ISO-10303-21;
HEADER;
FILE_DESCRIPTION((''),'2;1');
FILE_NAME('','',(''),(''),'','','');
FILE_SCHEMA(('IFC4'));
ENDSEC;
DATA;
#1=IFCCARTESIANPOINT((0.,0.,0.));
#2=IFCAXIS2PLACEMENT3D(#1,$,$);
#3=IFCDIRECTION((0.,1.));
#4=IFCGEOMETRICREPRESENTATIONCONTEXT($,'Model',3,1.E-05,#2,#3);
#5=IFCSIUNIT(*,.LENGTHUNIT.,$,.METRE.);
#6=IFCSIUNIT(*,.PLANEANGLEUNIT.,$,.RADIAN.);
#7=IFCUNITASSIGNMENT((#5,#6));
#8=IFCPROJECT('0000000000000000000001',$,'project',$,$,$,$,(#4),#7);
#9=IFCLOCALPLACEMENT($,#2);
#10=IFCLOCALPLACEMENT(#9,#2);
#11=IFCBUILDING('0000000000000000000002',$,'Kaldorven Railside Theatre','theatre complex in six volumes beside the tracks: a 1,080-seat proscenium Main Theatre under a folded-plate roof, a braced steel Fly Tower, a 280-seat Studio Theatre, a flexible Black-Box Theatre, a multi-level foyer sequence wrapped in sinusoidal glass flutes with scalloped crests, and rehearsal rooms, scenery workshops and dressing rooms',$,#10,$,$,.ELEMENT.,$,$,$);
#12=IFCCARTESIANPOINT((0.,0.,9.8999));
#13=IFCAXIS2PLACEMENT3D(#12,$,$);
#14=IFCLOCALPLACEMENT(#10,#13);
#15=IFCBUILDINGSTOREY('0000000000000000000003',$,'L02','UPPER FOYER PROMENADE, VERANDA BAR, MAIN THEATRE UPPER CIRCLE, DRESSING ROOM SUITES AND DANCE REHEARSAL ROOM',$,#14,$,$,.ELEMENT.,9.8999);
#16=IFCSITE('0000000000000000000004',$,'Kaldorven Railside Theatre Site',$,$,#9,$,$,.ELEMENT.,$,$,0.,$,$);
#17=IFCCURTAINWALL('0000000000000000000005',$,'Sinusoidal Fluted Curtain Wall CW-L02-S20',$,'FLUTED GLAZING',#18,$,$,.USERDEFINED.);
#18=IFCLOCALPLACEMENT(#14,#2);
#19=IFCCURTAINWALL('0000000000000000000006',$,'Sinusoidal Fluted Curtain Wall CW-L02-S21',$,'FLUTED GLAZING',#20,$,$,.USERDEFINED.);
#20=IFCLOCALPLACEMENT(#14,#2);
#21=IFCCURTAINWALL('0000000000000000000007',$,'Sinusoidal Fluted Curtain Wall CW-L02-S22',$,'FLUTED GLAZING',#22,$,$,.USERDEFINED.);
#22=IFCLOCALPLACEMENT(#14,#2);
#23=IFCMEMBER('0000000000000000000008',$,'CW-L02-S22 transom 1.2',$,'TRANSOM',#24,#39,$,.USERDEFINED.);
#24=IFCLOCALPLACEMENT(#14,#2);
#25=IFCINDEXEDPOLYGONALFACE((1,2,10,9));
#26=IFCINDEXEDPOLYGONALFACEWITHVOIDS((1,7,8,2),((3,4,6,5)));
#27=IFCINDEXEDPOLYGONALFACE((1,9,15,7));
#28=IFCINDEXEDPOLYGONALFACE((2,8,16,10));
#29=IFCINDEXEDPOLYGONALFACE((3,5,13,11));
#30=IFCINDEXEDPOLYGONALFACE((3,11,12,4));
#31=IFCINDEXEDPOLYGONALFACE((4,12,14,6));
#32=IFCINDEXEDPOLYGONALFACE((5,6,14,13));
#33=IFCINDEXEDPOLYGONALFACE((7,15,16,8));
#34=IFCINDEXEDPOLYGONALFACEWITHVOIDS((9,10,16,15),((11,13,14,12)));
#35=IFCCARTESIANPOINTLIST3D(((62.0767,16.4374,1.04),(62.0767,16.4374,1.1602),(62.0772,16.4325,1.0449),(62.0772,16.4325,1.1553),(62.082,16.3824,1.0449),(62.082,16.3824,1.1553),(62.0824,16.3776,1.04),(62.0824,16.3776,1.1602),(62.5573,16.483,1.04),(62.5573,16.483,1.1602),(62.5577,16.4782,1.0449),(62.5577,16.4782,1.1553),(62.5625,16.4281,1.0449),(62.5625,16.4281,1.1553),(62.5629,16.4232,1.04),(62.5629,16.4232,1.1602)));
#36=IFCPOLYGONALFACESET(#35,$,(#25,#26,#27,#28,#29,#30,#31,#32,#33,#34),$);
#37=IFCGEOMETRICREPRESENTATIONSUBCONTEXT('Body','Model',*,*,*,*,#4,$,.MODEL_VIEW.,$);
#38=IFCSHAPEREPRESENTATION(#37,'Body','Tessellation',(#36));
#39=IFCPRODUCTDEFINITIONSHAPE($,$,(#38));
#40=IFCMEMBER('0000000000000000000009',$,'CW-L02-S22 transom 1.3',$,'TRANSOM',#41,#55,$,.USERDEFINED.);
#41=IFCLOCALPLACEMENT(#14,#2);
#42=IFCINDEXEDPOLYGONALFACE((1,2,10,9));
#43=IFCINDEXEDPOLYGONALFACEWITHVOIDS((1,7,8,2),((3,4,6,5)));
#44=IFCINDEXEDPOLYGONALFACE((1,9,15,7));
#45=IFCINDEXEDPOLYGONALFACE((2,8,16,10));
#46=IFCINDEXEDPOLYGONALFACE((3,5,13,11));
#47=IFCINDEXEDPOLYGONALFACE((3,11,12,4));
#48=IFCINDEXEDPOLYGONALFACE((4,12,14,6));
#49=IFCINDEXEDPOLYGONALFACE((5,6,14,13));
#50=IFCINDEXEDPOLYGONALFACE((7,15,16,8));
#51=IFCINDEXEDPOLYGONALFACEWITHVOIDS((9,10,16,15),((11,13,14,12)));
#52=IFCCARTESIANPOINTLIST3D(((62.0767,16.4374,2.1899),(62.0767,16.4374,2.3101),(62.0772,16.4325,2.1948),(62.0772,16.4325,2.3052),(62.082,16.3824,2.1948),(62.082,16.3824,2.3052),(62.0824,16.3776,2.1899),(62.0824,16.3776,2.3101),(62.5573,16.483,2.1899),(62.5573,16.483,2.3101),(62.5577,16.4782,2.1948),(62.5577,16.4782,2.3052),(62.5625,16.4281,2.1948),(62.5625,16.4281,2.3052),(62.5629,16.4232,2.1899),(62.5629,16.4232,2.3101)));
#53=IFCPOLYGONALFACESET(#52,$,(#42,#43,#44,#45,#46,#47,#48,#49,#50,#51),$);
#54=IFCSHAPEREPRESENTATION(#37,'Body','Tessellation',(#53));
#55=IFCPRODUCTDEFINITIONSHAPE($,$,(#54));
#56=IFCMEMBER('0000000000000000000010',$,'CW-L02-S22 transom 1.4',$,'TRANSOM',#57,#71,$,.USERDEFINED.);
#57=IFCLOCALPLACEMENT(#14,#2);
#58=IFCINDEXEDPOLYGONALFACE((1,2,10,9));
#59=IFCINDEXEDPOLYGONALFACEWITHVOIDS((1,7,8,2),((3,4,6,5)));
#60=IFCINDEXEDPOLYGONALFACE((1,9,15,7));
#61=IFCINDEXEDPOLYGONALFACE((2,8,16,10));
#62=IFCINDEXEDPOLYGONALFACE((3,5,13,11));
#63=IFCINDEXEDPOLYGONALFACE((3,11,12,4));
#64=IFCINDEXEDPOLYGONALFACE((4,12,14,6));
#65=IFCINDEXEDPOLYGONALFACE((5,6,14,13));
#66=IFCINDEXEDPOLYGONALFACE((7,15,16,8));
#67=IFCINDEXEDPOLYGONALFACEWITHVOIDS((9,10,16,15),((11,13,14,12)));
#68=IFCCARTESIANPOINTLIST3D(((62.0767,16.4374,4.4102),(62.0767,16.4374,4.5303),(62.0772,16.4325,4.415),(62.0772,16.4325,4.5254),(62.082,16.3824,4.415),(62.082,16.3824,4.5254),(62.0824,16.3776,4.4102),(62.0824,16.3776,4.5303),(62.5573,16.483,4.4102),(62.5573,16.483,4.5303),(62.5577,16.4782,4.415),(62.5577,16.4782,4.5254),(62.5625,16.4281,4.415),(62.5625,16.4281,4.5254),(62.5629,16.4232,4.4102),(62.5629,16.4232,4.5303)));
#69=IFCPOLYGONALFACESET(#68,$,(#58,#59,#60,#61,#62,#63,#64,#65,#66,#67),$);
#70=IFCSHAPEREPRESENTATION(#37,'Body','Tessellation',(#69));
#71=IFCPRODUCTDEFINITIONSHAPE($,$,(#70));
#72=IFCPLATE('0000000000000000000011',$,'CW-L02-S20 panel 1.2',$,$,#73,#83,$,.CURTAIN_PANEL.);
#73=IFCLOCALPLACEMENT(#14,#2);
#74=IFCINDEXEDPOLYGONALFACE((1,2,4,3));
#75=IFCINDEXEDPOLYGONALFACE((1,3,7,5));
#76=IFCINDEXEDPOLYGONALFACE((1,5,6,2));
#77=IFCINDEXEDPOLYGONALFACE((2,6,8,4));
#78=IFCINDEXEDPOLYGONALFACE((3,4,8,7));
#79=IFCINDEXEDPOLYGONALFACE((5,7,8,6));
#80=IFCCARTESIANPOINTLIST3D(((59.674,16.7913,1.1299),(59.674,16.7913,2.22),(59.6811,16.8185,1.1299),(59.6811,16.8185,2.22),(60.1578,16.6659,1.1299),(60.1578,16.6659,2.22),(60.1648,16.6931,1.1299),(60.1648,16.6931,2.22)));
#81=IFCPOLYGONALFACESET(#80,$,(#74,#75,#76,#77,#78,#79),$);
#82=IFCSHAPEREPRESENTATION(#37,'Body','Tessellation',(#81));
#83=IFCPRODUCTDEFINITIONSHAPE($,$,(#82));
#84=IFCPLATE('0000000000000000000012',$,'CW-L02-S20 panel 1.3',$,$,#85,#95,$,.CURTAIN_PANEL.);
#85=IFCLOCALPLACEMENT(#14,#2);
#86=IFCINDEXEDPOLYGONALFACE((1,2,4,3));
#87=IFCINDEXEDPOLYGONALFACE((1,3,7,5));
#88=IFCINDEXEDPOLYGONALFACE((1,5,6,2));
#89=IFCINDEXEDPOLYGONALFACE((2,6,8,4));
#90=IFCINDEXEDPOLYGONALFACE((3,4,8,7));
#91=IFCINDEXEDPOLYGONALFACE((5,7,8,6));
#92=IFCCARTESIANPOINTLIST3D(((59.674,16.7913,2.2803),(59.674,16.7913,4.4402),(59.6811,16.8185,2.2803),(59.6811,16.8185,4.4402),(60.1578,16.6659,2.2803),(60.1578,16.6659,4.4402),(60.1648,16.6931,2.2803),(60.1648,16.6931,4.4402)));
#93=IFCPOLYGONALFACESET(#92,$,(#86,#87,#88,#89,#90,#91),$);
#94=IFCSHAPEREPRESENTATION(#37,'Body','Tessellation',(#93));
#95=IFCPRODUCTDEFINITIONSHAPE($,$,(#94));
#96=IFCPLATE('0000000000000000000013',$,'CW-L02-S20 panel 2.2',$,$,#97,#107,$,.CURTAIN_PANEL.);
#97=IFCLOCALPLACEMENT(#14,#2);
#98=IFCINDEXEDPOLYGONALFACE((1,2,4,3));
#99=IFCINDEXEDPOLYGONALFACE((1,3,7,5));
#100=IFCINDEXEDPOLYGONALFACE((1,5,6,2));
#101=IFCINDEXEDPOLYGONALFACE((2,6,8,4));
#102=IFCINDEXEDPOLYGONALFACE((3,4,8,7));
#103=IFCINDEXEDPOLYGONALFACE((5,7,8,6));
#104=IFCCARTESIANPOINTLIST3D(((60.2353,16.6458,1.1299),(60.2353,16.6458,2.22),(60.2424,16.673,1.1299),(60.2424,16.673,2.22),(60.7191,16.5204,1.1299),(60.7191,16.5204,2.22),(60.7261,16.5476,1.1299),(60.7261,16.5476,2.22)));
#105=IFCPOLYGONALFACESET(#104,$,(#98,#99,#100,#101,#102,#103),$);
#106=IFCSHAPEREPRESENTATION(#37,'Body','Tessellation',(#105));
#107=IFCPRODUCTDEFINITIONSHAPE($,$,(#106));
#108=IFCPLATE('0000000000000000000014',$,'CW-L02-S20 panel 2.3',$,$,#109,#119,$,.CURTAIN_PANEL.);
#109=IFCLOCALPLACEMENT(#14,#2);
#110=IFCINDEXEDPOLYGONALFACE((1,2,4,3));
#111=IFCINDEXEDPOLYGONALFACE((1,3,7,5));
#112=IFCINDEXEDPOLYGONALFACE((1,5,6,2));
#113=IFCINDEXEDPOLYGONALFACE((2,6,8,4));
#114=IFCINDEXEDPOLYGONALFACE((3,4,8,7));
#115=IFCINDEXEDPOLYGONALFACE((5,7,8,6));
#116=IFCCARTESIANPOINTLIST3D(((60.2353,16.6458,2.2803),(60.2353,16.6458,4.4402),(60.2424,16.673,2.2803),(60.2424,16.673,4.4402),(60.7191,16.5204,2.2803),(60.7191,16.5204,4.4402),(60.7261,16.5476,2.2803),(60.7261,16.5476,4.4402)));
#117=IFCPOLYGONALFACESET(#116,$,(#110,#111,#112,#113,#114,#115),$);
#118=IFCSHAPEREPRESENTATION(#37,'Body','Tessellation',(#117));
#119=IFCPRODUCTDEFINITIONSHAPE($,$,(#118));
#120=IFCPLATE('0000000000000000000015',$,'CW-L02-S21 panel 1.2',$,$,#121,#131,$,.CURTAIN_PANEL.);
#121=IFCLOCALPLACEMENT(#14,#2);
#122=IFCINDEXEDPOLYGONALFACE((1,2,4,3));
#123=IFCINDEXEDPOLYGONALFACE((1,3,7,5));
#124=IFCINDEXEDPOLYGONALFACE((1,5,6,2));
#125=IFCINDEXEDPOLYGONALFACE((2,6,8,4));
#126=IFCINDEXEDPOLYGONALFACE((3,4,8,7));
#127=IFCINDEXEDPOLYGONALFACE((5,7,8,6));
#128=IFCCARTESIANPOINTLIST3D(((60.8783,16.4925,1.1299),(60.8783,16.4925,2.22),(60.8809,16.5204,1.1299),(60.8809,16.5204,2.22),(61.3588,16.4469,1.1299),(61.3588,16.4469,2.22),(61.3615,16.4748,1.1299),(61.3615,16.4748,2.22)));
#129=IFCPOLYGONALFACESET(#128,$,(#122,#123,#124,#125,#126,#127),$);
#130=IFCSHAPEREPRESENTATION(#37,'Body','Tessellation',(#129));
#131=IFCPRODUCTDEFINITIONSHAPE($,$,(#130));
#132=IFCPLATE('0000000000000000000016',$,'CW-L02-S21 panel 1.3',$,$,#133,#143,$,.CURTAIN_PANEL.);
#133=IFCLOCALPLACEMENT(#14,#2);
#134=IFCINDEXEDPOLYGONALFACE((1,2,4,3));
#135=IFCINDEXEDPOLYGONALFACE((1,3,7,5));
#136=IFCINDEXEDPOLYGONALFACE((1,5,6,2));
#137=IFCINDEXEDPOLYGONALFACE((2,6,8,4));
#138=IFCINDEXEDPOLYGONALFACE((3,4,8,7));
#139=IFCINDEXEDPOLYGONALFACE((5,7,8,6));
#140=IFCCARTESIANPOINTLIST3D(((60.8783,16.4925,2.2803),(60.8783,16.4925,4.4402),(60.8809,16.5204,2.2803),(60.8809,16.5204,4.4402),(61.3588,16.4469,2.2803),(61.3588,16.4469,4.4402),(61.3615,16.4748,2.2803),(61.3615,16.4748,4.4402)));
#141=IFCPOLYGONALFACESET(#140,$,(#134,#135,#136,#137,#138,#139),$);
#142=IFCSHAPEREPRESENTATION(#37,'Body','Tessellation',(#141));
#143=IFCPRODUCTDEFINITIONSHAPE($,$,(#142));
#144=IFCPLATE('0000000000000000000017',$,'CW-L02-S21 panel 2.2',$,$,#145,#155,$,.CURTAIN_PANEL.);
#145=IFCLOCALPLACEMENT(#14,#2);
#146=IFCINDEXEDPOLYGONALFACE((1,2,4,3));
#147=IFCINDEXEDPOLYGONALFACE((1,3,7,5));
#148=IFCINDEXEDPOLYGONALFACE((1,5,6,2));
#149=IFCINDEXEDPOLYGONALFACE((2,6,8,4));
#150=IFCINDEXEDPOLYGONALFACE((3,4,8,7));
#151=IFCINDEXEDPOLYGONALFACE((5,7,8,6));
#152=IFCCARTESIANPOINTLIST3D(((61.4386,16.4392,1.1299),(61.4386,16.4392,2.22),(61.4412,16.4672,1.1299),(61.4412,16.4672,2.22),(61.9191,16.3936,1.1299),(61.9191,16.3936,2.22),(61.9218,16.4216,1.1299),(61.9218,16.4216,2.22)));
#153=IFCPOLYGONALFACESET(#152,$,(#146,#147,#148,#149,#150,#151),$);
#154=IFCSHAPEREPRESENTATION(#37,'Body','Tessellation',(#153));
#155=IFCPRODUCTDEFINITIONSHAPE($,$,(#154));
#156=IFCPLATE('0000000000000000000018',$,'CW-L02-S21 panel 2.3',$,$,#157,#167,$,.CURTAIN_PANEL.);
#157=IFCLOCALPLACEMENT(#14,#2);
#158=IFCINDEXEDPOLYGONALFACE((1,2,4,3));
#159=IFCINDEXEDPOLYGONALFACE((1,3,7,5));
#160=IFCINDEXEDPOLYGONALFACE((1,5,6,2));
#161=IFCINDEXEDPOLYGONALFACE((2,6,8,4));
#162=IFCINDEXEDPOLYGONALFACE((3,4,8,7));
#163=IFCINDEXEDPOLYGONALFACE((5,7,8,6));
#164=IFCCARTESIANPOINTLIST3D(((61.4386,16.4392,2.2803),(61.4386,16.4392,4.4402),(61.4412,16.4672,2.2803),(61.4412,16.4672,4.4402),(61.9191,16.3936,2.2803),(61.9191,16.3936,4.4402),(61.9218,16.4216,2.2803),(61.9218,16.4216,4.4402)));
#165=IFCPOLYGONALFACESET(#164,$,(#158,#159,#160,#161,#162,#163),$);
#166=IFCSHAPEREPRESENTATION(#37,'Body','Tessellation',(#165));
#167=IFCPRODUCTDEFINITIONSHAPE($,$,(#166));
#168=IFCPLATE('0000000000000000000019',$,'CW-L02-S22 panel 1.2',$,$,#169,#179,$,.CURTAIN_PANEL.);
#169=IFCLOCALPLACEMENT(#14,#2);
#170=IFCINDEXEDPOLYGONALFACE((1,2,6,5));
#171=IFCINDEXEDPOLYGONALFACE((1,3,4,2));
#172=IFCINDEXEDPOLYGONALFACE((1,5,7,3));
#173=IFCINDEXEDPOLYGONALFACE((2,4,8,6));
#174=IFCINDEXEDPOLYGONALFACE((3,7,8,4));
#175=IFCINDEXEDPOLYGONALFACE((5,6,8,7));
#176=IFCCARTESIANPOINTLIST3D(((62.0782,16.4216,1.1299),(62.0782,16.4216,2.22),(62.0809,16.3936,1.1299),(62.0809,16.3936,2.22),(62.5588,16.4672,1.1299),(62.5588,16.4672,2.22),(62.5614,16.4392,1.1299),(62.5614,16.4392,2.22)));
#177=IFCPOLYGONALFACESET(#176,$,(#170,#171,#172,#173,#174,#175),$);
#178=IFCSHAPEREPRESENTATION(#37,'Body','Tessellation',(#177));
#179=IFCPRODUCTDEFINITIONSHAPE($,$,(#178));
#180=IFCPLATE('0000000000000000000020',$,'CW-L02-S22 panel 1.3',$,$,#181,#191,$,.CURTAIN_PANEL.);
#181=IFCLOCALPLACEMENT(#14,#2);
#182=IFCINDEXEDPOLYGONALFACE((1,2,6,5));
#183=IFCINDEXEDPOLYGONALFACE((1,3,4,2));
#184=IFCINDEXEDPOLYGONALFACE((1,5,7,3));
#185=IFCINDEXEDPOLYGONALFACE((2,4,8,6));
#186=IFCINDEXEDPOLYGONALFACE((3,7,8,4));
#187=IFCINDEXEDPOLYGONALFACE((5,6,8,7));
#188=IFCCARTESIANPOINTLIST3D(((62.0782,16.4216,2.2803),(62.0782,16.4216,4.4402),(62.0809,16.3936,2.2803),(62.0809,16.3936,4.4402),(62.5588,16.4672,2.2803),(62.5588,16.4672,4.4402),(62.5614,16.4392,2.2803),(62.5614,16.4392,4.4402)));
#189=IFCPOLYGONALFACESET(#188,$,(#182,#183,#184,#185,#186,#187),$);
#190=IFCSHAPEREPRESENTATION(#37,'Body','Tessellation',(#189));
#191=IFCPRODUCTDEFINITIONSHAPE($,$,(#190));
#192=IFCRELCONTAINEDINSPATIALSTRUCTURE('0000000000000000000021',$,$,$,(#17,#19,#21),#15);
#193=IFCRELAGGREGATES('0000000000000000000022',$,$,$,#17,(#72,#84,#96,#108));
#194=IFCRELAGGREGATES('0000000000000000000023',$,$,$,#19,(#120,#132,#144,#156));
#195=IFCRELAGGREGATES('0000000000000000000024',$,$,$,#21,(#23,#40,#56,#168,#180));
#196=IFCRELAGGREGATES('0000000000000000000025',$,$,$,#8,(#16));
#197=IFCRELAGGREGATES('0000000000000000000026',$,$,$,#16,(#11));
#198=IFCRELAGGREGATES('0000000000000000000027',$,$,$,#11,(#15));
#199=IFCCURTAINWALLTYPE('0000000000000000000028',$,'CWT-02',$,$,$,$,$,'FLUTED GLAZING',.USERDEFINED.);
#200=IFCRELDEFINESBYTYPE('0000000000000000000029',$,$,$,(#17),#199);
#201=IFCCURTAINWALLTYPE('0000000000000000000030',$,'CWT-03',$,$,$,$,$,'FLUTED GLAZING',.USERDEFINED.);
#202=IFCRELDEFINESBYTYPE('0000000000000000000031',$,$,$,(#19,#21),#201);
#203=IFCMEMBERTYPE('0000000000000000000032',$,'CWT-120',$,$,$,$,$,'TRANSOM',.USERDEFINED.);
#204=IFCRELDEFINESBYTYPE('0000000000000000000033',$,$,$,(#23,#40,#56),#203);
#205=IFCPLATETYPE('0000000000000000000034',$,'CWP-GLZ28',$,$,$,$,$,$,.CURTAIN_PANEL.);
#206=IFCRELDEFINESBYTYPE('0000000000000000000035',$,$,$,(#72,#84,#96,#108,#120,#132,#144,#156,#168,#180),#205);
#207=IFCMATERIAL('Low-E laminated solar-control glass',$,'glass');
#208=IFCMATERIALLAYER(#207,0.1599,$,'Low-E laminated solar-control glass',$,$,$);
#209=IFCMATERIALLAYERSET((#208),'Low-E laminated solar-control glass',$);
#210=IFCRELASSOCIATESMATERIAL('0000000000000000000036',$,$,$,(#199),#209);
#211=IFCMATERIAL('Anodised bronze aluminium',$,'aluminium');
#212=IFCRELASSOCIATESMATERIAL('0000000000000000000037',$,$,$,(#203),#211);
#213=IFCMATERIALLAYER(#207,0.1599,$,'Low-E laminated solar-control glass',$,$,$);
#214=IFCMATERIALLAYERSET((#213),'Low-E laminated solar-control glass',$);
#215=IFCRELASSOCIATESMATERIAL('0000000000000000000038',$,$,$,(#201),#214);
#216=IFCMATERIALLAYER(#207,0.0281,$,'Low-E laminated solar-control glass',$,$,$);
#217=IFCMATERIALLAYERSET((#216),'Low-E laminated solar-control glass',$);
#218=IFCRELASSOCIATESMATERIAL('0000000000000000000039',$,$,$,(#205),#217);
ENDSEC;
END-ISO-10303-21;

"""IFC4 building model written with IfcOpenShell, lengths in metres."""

from ifc_helpers import new_model, si_unit, direction, frame, origin, origin_2d, place, context, subcontext, project, spatial, rectangle, hollow_rectangle, extrude, material, layer, layer_set, material_profile, profile_set, type_object, element, aggregate, save


model = new_model("IFC4")

# Units and contexts
model_context = context("Model", 3, precision=1e-05, world=origin(), true_north=direction((0.0, 1.0)))
body_context = subcontext(model_context, "Body", "Model", "MODEL_VIEW")
ifc_project = project(units=[si_unit("LENGTHUNIT", "METRE"), si_unit("PLANEANGLEUNIT", "RADIAN")], contexts=[model_context])

# Site, building, storey
site_placement = place(None, origin())
site = spatial("IfcSite", under=ifc_project, at=site_placement, Name="Kaldorven Railside Theatre Site", CompositionType="ELEMENT", RefElevation=0.0)
building_placement = place(site_placement, origin())
building = spatial("IfcBuilding", under=site, at=building_placement, Name="Kaldorven Railside Theatre", Description="theatre complex in six volumes beside the tracks: a 1,080-seat proscenium Main Theatre under a folded-plate roof, a braced steel Fly Tower, a 280-seat Studio Theatre, a flexible Black-Box Theatre, a multi-level foyer sequence wrapped in sinusoidal glass flutes with scalloped crests, and rehearsal rooms, scenery workshops and dressing rooms", CompositionType="ELEMENT")
storey_placement = place(building_placement, frame((0.0, 0.0, 9.8999)))
storey = spatial("IfcBuildingStorey", under=building, at=storey_placement, Name="L02", Description="UPPER FOYER PROMENADE, VERANDA BAR, MAIN THEATRE UPPER CIRCLE, DRESSING ROOM SUITES AND DANCE REHEARSAL ROOM", CompositionType="ELEMENT", Elevation=9.8999)

# Curtain walls, members
ifc_material_1 = material(Name="Low-E laminated solar-control glass", Category="glass")
ifc_layer_1 = layer(ifc_material_1, 0.1599, Name="Low-E laminated solar-control glass")
ifc_layer_set_1 = layer_set([ifc_layer_1], Name="Low-E laminated solar-control glass")
curtain_wall_type_1 = type_object("IfcCurtainWallType", Name="CWT-02", ElementType="FLUTED GLAZING", PredefinedType="USERDEFINED", material=ifc_layer_set_1)
curtain_wall_1_placement = place(storey_placement, origin())
curtain_wall_1 = element("IfcCurtainWall", 1, at=curtain_wall_1_placement, inside=storey, type_object=curtain_wall_type_1, Name="Sinusoidal Fluted Curtain Wall CW-L02-S20", ObjectType="FLUTED GLAZING", PredefinedType="USERDEFINED")
ifc_material_2 = material(Name="Anodised bronze aluminium", Category="aluminium")
ifc_material_profile = material_profile(ifc_material_2, hollow_rectangle(XDim=0.0601, YDim=0.1201, WallThickness=0.0049, at=origin_2d()), Name="RHS 120x60x5")
ifc_profile_set = profile_set([ifc_material_profile], Name="Anodised bronze aluminium")
member_type = type_object("IfcMemberType", Name="CWT-120", ElementType="TRANSOM", PredefinedType="USERDEFINED", material=ifc_profile_set)
ifc_layer_2 = layer(ifc_material_1, 0.1599, Name="Low-E laminated solar-control glass")
ifc_layer_set_2 = layer_set([ifc_layer_2], Name="Low-E laminated solar-control glass")
curtain_wall_type_2 = type_object("IfcCurtainWallType", Name="CWT-03", ElementType="FLUTED GLAZING", PredefinedType="USERDEFINED", material=ifc_layer_set_2)
curtain_wall_2_placement = place(storey_placement, origin())
curtain_wall_2 = element("IfcCurtainWall", 2, at=curtain_wall_2_placement, inside=storey, type_object=curtain_wall_type_2, Name="Sinusoidal Fluted Curtain Wall CW-L02-S21", ObjectType="FLUTED GLAZING", PredefinedType="USERDEFINED")
curtain_wall_3_placement = place(storey_placement, origin())
curtain_wall_3 = element("IfcCurtainWall", 3, at=curtain_wall_3_placement, inside=storey, type_object=curtain_wall_type_2, Name="Sinusoidal Fluted Curtain Wall CW-L02-S22", ObjectType="FLUTED GLAZING", PredefinedType="USERDEFINED")
member_1_placement = place(storey_placement, frame((62.0796, 16.4075, 1.1001), z_axis=(0.995516, 0.094594, 0.0), x_axis=(-0.094594, 0.995516, 0.0)))
member_1 = element("IfcMember", 4, at=member_1_placement, type_object=member_type, Name="CW-L02-S22 transom 1.2", ObjectType="TRANSOM", PredefinedType="USERDEFINED", context=body_context, shape_type="SweptSolid", body=[
    extrude(hollow_rectangle(XDim=0.0601, YDim=0.1201, WallThickness=0.0049, at=origin_2d()), origin(), (0.0, 0.0, 1.0), 0.4827),
])
member_2_placement = place(storey_placement, frame((62.0796, 16.4075, 2.25), z_axis=(0.995516, 0.094594, 0.0), x_axis=(-0.094594, 0.995516, 0.0)))
member_2 = element("IfcMember", 5, at=member_2_placement, type_object=member_type, Name="CW-L02-S22 transom 1.3", ObjectType="TRANSOM", PredefinedType="USERDEFINED", context=body_context, shape_type="SweptSolid", body=[
    extrude(hollow_rectangle(XDim=0.0601, YDim=0.1201, WallThickness=0.0049, at=origin_2d()), origin(), (0.0, 0.0, 1.0), 0.4827),
])
member_3_placement = place(storey_placement, frame((62.0796, 16.4075, 4.4702), z_axis=(0.995516, 0.094594, 0.0), x_axis=(-0.094594, 0.995516, 0.0)))
member_3 = element("IfcMember", 6, at=member_3_placement, type_object=member_type, Name="CW-L02-S22 transom 1.4", ObjectType="TRANSOM", PredefinedType="USERDEFINED", context=body_context, shape_type="SweptSolid", body=[
    extrude(hollow_rectangle(XDim=0.0601, YDim=0.1201, WallThickness=0.0049, at=origin_2d()), origin(), (0.0, 0.0, 1.0), 0.4827),
])

# Plates
ifc_layer_3 = layer(ifc_material_1, 0.0281, Name="Low-E laminated solar-control glass")
ifc_layer_set_3 = layer_set([ifc_layer_3], Name="Low-E laminated solar-control glass")
plate_type = type_object("IfcPlateType", Name="CWP-GLZ28", PredefinedType="CURTAIN_PANEL", material=ifc_layer_set_3)
plate_1_placement = place(storey_placement, frame((59.9194, 16.7422, 1.1299), z_axis=(0.0, 0.0, 1.0), x_axis=(0.967999, -0.250954, 0.0)))
plate_1 = element("IfcPlate", 7, at=plate_1_placement, type_object=plate_type, Name="CW-L02-S20 panel 1.2", PredefinedType="CURTAIN_PANEL", context=body_context, shape_type="SweptSolid", body=[
    extrude(rectangle(XDim=0.4998, YDim=0.0281, at=origin_2d()), origin(), (0.0, 0.0, 1.0), 1.0901),
])
plate_2_placement = place(storey_placement, frame((59.9194, 16.7422, 2.2803), z_axis=(0.0, 0.0, 1.0), x_axis=(0.967999, -0.250954, 0.0)))
plate_2 = element("IfcPlate", 8, at=plate_2_placement, type_object=plate_type, Name="CW-L02-S20 panel 1.3", PredefinedType="CURTAIN_PANEL", context=body_context, shape_type="SweptSolid", body=[
    extrude(rectangle(XDim=0.4998, YDim=0.0281, at=origin_2d()), origin(), (0.0, 0.0, 1.0), 2.1599),
])
plate_3_placement = place(storey_placement, frame((60.4807, 16.5967, 1.1299), z_axis=(0.0, 0.0, 1.0), x_axis=(0.967999, -0.250954, 0.0)))
plate_3 = element("IfcPlate", 9, at=plate_3_placement, type_object=plate_type, Name="CW-L02-S20 panel 2.2", PredefinedType="CURTAIN_PANEL", context=body_context, shape_type="SweptSolid", body=[
    extrude(rectangle(XDim=0.4998, YDim=0.0281, at=origin_2d()), origin(), (0.0, 0.0, 1.0), 1.0901),
])
plate_4_placement = place(storey_placement, frame((60.4807, 16.5967, 2.2803), z_axis=(0.0, 0.0, 1.0), x_axis=(0.967999, -0.250954, 0.0)))
plate_4 = element("IfcPlate", 10, at=plate_4_placement, type_object=plate_type, Name="CW-L02-S20 panel 2.3", PredefinedType="CURTAIN_PANEL", context=body_context, shape_type="SweptSolid", body=[
    extrude(rectangle(XDim=0.4998, YDim=0.0281, at=origin_2d()), origin(), (0.0, 0.0, 1.0), 2.1599),
])
aggregate(curtain_wall_1, [plate_1, plate_2, plate_3, plate_4])
plate_5_placement = place(storey_placement, frame((61.1199, 16.4836, 1.1299), z_axis=(0.0, 0.0, 1.0), x_axis=(0.995526, -0.094492, 0.0)))
plate_5 = element("IfcPlate", 11, at=plate_5_placement, type_object=plate_type, Name="CW-L02-S21 panel 1.2", PredefinedType="CURTAIN_PANEL", context=body_context, shape_type="SweptSolid", body=[
    extrude(rectangle(XDim=0.4827, YDim=0.0281, at=origin_2d()), origin(), (0.0, 0.0, 1.0), 1.0901),
])
plate_6_placement = place(storey_placement, frame((61.1199, 16.4836, 2.2803), z_axis=(0.0, 0.0, 1.0), x_axis=(0.995526, -0.094492, 0.0)))
plate_6 = element("IfcPlate", 12, at=plate_6_placement, type_object=plate_type, Name="CW-L02-S21 panel 1.3", PredefinedType="CURTAIN_PANEL", context=body_context, shape_type="SweptSolid", body=[
    extrude(rectangle(XDim=0.4827, YDim=0.0281, at=origin_2d()), origin(), (0.0, 0.0, 1.0), 2.1599),
])
plate_7_placement = place(storey_placement, frame((61.6802, 16.4304, 1.1299), z_axis=(0.0, 0.0, 1.0), x_axis=(0.995526, -0.094492, 0.0)))
plate_7 = element("IfcPlate", 13, at=plate_7_placement, type_object=plate_type, Name="CW-L02-S21 panel 2.2", PredefinedType="CURTAIN_PANEL", context=body_context, shape_type="SweptSolid", body=[
    extrude(rectangle(XDim=0.4827, YDim=0.0281, at=origin_2d()), origin(), (0.0, 0.0, 1.0), 1.0901),
])
plate_8_placement = place(storey_placement, frame((61.6802, 16.4304, 2.2803), z_axis=(0.0, 0.0, 1.0), x_axis=(0.995526, -0.094492, 0.0)))
plate_8 = element("IfcPlate", 14, at=plate_8_placement, type_object=plate_type, Name="CW-L02-S21 panel 2.3", PredefinedType="CURTAIN_PANEL", context=body_context, shape_type="SweptSolid", body=[
    extrude(rectangle(XDim=0.4827, YDim=0.0281, at=origin_2d()), origin(), (0.0, 0.0, 1.0), 2.1599),
])
aggregate(curtain_wall_2, [plate_5, plate_6, plate_7, plate_8])
plate_9_placement = place(storey_placement, frame((62.3198, 16.4304, 1.1299), z_axis=(0.0, 0.0, 1.0), x_axis=(0.995526, 0.094492, 0.0)))
plate_9 = element("IfcPlate", 15, at=plate_9_placement, type_object=plate_type, Name="CW-L02-S22 panel 1.2", PredefinedType="CURTAIN_PANEL", context=body_context, shape_type="SweptSolid", body=[
    extrude(rectangle(XDim=0.4827, YDim=0.0281, at=origin_2d()), origin(), (0.0, 0.0, 1.0), 1.0901),
])
plate_10_placement = place(storey_placement, frame((62.3198, 16.4304, 2.2803), z_axis=(0.0, 0.0, 1.0), x_axis=(0.995526, 0.094492, 0.0)))
plate_10 = element("IfcPlate", 16, at=plate_10_placement, type_object=plate_type, Name="CW-L02-S22 panel 1.3", PredefinedType="CURTAIN_PANEL", context=body_context, shape_type="SweptSolid", body=[
    extrude(rectangle(XDim=0.4827, YDim=0.0281, at=origin_2d()), origin(), (0.0, 0.0, 1.0), 2.1599),
])
aggregate(curtain_wall_3, [member_1, member_2, member_3, plate_9, plate_10])

save(model, "model.ifc")
